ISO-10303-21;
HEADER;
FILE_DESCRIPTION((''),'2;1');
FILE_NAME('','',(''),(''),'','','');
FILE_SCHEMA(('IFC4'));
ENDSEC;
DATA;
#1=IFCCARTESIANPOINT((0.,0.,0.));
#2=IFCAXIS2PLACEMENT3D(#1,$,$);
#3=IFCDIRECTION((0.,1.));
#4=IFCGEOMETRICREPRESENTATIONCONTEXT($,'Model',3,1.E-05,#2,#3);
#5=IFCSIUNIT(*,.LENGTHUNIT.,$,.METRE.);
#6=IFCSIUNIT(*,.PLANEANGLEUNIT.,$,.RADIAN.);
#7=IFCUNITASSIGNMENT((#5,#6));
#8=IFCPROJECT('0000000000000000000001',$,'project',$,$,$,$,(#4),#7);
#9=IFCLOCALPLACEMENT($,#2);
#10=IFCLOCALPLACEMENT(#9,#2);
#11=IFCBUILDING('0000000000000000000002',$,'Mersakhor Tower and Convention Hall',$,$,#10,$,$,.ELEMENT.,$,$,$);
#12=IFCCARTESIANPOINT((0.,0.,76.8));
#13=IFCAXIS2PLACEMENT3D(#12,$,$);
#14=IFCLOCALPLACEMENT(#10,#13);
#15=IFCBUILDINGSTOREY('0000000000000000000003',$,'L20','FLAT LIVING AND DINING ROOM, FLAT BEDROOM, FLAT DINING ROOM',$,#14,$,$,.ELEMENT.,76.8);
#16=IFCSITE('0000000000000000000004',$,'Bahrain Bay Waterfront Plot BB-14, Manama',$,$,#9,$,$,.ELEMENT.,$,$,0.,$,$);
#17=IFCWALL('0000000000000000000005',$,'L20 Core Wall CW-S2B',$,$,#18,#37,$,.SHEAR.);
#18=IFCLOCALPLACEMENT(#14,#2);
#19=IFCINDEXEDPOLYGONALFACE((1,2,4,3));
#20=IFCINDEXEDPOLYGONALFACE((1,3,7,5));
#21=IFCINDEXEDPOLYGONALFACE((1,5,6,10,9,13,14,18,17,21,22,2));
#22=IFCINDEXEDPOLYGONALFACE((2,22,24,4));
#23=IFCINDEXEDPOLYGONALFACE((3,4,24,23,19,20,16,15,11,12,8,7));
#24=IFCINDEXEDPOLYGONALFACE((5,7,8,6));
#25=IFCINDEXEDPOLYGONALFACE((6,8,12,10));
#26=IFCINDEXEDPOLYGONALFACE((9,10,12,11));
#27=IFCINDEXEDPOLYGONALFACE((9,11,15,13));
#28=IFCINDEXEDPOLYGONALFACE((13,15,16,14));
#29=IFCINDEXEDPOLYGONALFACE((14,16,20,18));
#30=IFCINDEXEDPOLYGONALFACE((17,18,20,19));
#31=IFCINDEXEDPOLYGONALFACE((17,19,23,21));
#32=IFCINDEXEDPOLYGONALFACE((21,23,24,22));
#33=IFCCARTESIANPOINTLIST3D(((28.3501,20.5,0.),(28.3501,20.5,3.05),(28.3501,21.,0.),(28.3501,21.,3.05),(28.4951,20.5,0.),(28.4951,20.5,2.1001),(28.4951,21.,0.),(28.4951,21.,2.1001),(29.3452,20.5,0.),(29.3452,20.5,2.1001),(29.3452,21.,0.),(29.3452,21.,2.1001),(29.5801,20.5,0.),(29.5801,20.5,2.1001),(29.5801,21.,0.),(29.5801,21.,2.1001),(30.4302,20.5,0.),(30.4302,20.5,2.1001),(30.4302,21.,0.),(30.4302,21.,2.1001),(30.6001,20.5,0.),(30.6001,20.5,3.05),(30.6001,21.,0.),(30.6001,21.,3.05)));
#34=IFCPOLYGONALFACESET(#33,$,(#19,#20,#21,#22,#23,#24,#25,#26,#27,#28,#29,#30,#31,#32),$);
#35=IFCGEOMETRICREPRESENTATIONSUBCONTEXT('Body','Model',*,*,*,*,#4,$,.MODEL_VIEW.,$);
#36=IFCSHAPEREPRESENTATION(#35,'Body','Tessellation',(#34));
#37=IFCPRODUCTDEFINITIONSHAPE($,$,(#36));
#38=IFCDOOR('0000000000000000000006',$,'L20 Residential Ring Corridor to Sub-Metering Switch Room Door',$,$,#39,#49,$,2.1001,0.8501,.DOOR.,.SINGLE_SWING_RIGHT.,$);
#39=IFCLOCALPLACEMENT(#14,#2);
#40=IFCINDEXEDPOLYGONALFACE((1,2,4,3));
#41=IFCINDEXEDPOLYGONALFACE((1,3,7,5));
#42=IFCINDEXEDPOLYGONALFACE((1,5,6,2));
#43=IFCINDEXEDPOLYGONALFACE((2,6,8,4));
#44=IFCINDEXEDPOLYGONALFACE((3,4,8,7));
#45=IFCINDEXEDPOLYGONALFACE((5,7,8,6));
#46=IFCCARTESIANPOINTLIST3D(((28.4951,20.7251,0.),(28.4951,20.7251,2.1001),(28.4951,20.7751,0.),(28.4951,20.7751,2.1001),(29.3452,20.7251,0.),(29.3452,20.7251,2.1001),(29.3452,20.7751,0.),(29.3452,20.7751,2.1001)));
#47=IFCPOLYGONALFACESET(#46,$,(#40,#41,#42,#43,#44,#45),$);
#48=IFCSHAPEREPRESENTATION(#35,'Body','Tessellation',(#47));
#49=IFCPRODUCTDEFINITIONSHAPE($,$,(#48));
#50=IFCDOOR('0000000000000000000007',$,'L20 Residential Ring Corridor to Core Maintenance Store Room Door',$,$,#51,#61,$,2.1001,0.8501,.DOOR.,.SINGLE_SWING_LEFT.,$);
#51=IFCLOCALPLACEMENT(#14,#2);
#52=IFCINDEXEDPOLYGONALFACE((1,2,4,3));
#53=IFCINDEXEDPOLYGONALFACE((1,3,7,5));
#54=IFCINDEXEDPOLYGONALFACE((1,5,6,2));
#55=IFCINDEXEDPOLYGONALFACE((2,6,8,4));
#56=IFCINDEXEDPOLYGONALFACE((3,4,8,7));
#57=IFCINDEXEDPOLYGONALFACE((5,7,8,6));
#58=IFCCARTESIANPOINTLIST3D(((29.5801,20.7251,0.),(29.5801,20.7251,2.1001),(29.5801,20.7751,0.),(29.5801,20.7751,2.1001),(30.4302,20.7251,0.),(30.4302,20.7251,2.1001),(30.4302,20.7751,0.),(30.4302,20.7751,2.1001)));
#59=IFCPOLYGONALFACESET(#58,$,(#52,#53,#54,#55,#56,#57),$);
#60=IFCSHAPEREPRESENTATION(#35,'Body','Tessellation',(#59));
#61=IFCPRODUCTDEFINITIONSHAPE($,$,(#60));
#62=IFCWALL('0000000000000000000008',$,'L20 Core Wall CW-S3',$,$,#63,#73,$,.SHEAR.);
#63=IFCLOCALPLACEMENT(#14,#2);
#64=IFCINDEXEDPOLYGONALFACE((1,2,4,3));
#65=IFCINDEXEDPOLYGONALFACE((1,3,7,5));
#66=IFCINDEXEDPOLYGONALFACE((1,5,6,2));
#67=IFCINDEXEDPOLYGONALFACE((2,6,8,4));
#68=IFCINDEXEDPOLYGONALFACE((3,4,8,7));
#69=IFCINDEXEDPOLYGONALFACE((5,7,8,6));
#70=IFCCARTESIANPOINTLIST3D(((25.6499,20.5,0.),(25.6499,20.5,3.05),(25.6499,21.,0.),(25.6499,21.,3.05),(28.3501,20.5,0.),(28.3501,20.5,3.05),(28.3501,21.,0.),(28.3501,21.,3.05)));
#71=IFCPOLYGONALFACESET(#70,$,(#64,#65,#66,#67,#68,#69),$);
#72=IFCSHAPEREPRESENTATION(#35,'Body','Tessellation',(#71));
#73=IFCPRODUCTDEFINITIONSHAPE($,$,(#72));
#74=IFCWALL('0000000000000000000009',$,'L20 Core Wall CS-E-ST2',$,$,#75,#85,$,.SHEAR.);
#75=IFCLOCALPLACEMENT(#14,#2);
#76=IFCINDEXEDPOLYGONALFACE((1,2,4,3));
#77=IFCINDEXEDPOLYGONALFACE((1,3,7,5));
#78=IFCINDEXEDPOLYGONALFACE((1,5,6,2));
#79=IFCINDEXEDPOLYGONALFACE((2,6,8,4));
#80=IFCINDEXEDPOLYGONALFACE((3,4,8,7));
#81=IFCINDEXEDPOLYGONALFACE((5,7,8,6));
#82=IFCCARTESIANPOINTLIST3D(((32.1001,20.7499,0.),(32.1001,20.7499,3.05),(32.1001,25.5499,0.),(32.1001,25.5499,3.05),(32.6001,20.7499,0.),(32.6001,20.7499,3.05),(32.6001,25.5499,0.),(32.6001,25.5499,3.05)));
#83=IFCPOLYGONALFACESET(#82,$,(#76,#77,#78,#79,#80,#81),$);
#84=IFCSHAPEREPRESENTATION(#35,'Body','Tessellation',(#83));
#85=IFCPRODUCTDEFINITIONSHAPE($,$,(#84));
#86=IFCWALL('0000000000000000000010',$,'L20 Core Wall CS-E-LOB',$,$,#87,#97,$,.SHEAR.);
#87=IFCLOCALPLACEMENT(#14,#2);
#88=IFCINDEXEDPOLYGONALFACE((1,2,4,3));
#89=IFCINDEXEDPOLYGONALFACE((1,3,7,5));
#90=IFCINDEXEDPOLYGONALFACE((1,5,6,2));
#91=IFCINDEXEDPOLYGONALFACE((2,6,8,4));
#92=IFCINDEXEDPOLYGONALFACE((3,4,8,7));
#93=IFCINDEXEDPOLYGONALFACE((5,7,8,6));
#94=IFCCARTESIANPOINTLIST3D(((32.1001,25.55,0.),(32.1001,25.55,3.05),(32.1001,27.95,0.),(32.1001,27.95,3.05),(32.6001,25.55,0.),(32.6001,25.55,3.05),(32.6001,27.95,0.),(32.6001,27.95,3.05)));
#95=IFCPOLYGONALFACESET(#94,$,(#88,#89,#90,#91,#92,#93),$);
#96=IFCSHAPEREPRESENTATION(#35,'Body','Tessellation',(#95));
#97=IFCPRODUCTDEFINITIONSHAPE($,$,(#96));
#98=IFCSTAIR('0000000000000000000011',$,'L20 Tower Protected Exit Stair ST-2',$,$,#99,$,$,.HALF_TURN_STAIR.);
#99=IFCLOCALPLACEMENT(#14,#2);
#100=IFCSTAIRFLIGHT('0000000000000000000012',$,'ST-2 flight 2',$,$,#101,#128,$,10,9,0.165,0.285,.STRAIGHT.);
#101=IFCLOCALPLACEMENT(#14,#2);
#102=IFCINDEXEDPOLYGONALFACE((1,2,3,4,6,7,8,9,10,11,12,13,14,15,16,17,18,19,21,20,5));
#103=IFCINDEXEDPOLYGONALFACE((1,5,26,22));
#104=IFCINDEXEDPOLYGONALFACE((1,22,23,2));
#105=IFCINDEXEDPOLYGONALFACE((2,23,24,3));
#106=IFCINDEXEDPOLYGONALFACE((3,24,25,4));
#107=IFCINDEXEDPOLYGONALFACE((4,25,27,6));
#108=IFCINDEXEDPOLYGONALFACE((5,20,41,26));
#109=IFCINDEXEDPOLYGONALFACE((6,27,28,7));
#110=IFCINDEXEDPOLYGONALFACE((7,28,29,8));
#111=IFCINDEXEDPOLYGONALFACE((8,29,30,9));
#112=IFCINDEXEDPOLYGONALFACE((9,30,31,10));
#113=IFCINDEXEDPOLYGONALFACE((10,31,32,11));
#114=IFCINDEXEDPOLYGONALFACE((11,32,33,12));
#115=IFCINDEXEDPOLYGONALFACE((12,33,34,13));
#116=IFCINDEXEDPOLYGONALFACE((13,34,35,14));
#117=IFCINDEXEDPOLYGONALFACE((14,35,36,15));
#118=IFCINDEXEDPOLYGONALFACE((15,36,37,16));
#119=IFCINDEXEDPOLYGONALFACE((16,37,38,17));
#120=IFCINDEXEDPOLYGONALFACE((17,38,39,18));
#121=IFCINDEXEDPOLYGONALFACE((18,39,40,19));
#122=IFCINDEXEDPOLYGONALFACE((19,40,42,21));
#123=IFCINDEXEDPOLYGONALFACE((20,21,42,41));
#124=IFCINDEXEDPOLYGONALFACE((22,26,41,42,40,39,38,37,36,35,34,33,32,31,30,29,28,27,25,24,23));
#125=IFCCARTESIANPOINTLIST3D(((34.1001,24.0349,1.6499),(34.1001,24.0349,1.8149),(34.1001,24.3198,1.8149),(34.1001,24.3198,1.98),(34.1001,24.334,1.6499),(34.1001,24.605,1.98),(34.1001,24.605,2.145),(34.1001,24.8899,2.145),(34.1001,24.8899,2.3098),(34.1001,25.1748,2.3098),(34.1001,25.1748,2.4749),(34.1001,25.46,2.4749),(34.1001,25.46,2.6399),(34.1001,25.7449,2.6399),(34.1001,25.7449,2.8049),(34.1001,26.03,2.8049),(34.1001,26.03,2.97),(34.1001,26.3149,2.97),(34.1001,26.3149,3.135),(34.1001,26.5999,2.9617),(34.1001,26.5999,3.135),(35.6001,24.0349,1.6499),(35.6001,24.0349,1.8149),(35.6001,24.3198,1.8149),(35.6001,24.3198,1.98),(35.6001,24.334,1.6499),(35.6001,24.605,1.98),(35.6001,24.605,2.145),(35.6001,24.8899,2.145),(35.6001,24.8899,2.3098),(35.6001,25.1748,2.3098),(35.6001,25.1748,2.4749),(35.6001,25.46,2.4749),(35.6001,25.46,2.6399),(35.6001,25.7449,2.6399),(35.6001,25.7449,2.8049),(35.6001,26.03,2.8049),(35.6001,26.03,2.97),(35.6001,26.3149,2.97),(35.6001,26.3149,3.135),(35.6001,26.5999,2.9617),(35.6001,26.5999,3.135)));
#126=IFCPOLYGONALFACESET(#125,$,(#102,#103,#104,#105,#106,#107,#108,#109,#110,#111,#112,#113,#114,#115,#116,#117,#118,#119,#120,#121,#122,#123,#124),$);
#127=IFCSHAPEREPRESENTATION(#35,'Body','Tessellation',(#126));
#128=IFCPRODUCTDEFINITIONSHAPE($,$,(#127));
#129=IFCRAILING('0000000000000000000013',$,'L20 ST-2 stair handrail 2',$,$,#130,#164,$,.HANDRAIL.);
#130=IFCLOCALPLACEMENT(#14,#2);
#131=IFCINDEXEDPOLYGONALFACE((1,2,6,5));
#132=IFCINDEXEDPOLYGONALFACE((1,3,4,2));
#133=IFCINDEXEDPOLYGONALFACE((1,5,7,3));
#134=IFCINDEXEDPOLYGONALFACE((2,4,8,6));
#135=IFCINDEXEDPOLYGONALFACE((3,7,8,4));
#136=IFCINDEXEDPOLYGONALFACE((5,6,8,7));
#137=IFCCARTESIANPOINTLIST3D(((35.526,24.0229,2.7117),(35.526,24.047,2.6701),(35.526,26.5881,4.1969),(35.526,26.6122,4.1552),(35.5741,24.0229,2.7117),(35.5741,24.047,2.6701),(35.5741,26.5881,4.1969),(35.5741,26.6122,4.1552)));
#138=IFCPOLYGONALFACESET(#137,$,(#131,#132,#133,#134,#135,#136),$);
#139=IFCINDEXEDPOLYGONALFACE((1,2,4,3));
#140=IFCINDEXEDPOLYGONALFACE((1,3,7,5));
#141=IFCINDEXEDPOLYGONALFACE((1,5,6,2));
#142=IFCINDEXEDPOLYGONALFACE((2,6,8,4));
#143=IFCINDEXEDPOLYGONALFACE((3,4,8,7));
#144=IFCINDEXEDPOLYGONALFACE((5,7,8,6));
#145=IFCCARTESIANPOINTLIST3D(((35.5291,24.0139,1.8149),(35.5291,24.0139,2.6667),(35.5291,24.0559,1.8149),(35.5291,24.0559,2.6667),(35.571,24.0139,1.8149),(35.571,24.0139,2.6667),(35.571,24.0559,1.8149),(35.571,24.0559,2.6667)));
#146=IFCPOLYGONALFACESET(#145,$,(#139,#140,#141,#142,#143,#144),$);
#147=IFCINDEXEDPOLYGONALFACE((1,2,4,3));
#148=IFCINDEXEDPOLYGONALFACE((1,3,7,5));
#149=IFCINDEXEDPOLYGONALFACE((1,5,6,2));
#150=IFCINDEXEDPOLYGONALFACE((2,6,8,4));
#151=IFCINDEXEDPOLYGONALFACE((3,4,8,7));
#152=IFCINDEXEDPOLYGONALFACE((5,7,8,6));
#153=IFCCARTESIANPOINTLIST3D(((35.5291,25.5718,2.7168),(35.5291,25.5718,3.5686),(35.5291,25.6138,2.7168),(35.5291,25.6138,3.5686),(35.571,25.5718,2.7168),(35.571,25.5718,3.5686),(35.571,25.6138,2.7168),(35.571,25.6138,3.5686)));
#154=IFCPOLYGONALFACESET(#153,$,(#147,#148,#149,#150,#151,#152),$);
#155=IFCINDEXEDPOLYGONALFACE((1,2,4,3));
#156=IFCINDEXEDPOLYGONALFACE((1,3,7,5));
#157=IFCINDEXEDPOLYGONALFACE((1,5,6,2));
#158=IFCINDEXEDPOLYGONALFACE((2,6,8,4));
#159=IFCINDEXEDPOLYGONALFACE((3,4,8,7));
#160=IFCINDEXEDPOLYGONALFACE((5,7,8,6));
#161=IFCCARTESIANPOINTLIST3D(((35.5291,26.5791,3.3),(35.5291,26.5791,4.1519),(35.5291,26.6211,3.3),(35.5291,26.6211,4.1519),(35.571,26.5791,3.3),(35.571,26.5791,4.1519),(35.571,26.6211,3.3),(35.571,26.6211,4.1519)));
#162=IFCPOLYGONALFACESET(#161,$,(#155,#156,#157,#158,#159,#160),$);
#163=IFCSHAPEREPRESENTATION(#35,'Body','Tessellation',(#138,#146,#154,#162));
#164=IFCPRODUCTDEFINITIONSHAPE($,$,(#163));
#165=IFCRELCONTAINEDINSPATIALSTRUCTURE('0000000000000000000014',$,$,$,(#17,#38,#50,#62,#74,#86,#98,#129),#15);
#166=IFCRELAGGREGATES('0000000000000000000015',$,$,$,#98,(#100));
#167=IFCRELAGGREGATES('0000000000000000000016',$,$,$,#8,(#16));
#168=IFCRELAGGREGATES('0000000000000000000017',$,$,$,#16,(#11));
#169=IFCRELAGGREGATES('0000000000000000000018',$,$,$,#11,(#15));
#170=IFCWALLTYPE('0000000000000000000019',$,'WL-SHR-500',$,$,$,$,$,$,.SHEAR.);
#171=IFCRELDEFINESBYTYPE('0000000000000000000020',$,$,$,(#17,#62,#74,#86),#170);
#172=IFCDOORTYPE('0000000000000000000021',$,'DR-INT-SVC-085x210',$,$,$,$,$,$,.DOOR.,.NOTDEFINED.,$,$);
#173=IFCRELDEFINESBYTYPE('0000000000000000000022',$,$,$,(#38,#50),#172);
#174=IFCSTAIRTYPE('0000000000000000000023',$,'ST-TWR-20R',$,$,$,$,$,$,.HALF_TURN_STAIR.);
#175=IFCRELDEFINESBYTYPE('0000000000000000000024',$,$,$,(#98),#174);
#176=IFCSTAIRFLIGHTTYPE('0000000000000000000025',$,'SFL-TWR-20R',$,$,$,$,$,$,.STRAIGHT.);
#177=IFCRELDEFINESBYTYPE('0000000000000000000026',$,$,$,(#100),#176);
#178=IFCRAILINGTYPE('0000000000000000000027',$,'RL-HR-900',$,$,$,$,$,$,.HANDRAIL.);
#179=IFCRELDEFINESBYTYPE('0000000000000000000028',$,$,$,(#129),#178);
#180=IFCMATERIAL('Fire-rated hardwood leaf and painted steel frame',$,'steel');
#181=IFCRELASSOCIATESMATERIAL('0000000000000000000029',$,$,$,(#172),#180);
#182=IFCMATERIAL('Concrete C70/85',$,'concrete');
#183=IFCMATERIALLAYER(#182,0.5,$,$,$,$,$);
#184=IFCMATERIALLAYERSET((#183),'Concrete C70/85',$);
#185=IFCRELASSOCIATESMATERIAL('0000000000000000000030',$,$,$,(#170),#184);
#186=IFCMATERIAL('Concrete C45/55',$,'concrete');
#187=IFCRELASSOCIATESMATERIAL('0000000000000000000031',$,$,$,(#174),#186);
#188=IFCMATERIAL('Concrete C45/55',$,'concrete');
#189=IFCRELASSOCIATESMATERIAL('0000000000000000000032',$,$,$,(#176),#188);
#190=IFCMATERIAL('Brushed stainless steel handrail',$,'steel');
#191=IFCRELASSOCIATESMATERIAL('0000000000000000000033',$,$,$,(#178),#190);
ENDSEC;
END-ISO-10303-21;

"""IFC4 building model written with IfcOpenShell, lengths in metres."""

from ifc_helpers import new_model, si_unit, direction, frame, frame_2d, origin, origin_2d, place, context, subcontext, project, spatial, polyline, rectangle, outline, extrude, material, layer, layer_set, type_object, element, fill, aggregate, save


model = new_model("IFC4")

# Units and contexts
model_context = context("Model", 3, precision=1e-05, world=origin(), true_north=direction((0.0, 1.0)))
body_context = subcontext(model_context, "Body", "Model", "MODEL_VIEW")
ifc_project = project(units=[si_unit("LENGTHUNIT", "METRE"), si_unit("PLANEANGLEUNIT", "RADIAN")], contexts=[model_context])

# Site, building, storey
site_placement = place(None, origin())
site = spatial("IfcSite", under=ifc_project, at=site_placement, Name="Bahrain Bay Waterfront Plot BB-14, Manama", CompositionType="ELEMENT", RefElevation=0.0)
building_placement = place(site_placement, origin())
building = spatial("IfcBuilding", under=site, at=building_placement, Name="Mersakhor Tower and Convention Hall", CompositionType="ELEMENT")
storey_placement = place(building_placement, frame((0.0, 0.0, 76.8)))
storey = spatial("IfcBuildingStorey", under=building, at=storey_placement, Name="L20", Description="FLAT LIVING AND DINING ROOM, FLAT BEDROOM, FLAT DINING ROOM", CompositionType="ELEMENT", Elevation=76.8)

# Shared definitions
ifc_material_1 = material(Name="Fire-rated hardwood leaf and painted steel frame", Category="steel")
door_type_1 = type_object("IfcDoorType", Name="DR-INT-SVC-085x210", OperationType="NOTDEFINED", PredefinedType="DOOR", material=ifc_material_1)

# Shared definitions
ifc_material_2 = material(Name="Concrete C70/85", Category="concrete")
ifc_layer_1 = layer(ifc_material_2, 0.5)
ifc_layer_set_1 = layer_set([ifc_layer_1], Name="Concrete C70/85")
wall_type_1 = type_object("IfcWallType", Name="WL-SHR-500", PredefinedType="SHEAR", material=ifc_layer_set_1)

# Wall, openings, doors
wall_1_placement = place(storey_placement, frame((30.6001, 20.75, 0.0), z_axis=(0.0, 0.0, 1.0), x_axis=(-1.0, 0.0, 0.0)))
wall_1 = element("IfcWall", 1, at=wall_1_placement, inside=storey, type_object=wall_type_1, Name="L20 Core Wall CW-S2B", PredefinedType="SHEAR", context=body_context, shape_type="SweptSolid", body=[
    extrude(rectangle(XDim=2.25, YDim=0.5, at=frame_2d((1.125, 0.0))), origin(), (0.0, 0.0, 1.0), 3.05),
])
opening_1_placement = place(wall_1_placement, frame((1.2549, 0.0, 0.0)))
opening_1 = element("IfcOpeningElement", 2, at=opening_1_placement, cuts=wall_1, PredefinedType="OPENING", context=body_context, shape_type="SweptSolid", body=[
    extrude(rectangle(XDim=0.8501, YDim=2.1001, at=frame_2d((0.425, 1.05))), frame((0.0, 0.26, 0.0), z_axis=(0.0, -1.0, 0.0), x_axis=(1.0, 0.0, 0.0)), (0.0, 0.0, 1.0), 0.52),
])
opening_2_placement = place(wall_1_placement, frame((0.1699, 0.0, 0.0)))
opening_2 = element("IfcOpeningElement", 3, at=opening_2_placement, cuts=wall_1, PredefinedType="OPENING", context=body_context, shape_type="SweptSolid", body=[
    extrude(rectangle(XDim=0.8501, YDim=2.1001, at=frame_2d((0.425, 1.05))), frame((0.0, 0.26, 0.0), z_axis=(0.0, -1.0, 0.0), x_axis=(1.0, 0.0, 0.0)), (0.0, 0.0, 1.0), 0.52),
])
door_1_placement = place(opening_1_placement, origin())
door_1 = element("IfcDoor", 4, at=door_1_placement, inside=storey, type_object=door_type_1, Name="L20 Residential Ring Corridor to Sub-Metering Switch Room Door", OperationType="SINGLE_SWING_RIGHT", OverallHeight=2.1001, OverallWidth=0.8501, PredefinedType="DOOR", context=body_context, shape_type="SweptSolid", body=[
    extrude(rectangle(XDim=0.8501, YDim=2.1001, at=frame_2d((0.425, 1.05))), frame((0.0, 0.0249, 0.0), z_axis=(0.0, -1.0, 0.0), x_axis=(1.0, 0.0, 0.0)), (0.0, 0.0, 1.0), 0.05),
])
fill(opening_1, door_1)
door_2_placement = place(opening_2_placement, origin())
door_2 = element("IfcDoor", 5, at=door_2_placement, inside=storey, type_object=door_type_1, Name="L20 Residential Ring Corridor to Core Maintenance Store Room Door", OperationType="SINGLE_SWING_LEFT", OverallHeight=2.1001, OverallWidth=0.8501, PredefinedType="DOOR", context=body_context, shape_type="SweptSolid", body=[
    extrude(rectangle(XDim=0.8501, YDim=2.1001, at=frame_2d((0.425, 1.05))), frame((0.0, 0.0249, 0.0), z_axis=(0.0, -1.0, 0.0), x_axis=(1.0, 0.0, 0.0)), (0.0, 0.0, 1.0), 0.05),
])
fill(opening_2, door_2)

# Walls
wall_2_placement = place(storey_placement, frame((28.3501, 20.75, 0.0), z_axis=(0.0, 0.0, 1.0), x_axis=(-1.0, 0.0, 0.0)))
element("IfcWall", 6, at=wall_2_placement, inside=storey, type_object=wall_type_1, Name="L20 Core Wall CW-S3", PredefinedType="SHEAR", context=body_context, shape_type="SweptSolid", body=[
    extrude(rectangle(XDim=2.7002, YDim=0.5, at=frame_2d((1.3501, 0.0))), origin(), (0.0, 0.0, 1.0), 3.05),
])
wall_3_placement = place(storey_placement, frame((32.3501, 20.75, 0.0), z_axis=(0.0, 0.0, 1.0), x_axis=(0.0, 1.0, 0.0)))
element("IfcWall", 7, at=wall_3_placement, inside=storey, type_object=wall_type_1, Name="L20 Core Wall CS-E-ST2", PredefinedType="SHEAR", context=body_context, shape_type="SweptSolid", body=[
    extrude(rectangle(XDim=4.8, YDim=0.5, at=frame_2d((2.3999, 0.0))), origin(), (0.0, 0.0, 1.0), 3.05),
])
wall_4_placement = place(storey_placement, frame((32.3501, 25.55, 0.0), z_axis=(0.0, 0.0, 1.0), x_axis=(0.0, 1.0, 0.0)))
element("IfcWall", 8, at=wall_4_placement, inside=storey, type_object=wall_type_1, Name="L20 Core Wall CS-E-LOB", PredefinedType="SHEAR", context=body_context, shape_type="SweptSolid", body=[
    extrude(rectangle(XDim=2.3999, YDim=0.5, at=frame_2d((1.2, 0.0))), origin(), (0.0, 0.0, 1.0), 3.05),
])

# Stair, stair flight
ifc_material_3 = material(Name="Concrete C45/55", Category="concrete")
stair_type = type_object("IfcStairType", Name="ST-TWR-20R", PredefinedType="HALF_TURN_STAIR", material=ifc_material_3)
stair_placement = place(storey_placement, origin())
stair = element("IfcStair", 9, at=stair_placement, inside=storey, type_object=stair_type, Name="L20 Tower Protected Exit Stair ST-2", PredefinedType="HALF_TURN_STAIR")
ifc_material_4 = material(Name="Concrete C45/55", Category="concrete")
stair_flight_type = type_object("IfcStairFlightType", Name="SFL-TWR-20R", PredefinedType="STRAIGHT", material=ifc_material_4)
stair_flight_placement = place(storey_placement, frame((34.8501, 24.0349, 1.6499), z_axis=(0.0, 0.0, 1.0), x_axis=(0.0, 1.0, 0.0)))
stair_flight = element("IfcStairFlight", 10, at=stair_flight_placement, type_object=stair_flight_type, Name="ST-2 flight 2", NumberOfRisers=10, NumberOfTreads=9, PredefinedType="STRAIGHT", RiserHeight=0.165, TreadLength=0.285, context=body_context, shape_type="SweptSolid", body=[
    extrude(outline(polyline([(0.0, 0.0), (0.0, 0.165), (0.2849, 0.165), (0.2849, 0.3301), (0.5701, 0.3301), (0.5701, 0.4951), (0.855, 0.4951), (0.855, 0.6599), (1.1399, 0.6599), (1.1399, 0.825), (1.425, 0.825), (1.425, 0.99), (1.71, 0.99), (1.71, 1.155), (1.9951, 1.155), (1.9951, 1.3201), (2.28, 1.3201), (2.28, 1.4851), (2.5649, 1.4851), (2.5649, 1.6499), (2.5649, 1.3118), (0.2991, 0.0), (0.0, 0.0)])), frame((0.0, 0.75, 0.0), z_axis=(0.0, -1.0, 0.0), x_axis=(1.0, 0.0, 0.0)), (0.0, 0.0, 1.0), 1.5),
])
aggregate(stair, [stair_flight])

# Railing
ifc_material_5 = material(Name="Brushed stainless steel handrail", Category="steel")
railing_type_1 = type_object("IfcRailingType", Name="RL-HR-900", PredefinedType="HANDRAIL", material=ifc_material_5)
railing_1_placement = place(storey_placement, frame((35.55, 24.0349, 1.8149)))
element("IfcRailing", 11, at=railing_1_placement, inside=storey, type_object=railing_type_1, Name="L20 ST-2 stair handrail 2", PredefinedType="HANDRAIL", context=body_context, shape_type="SweptSolid", body=[
    extrude(rectangle(XDim=0.0481, YDim=0.0481, at=origin_2d()), frame((0.0, 0.0, 0.876), z_axis=(0.0, 0.865426, 0.501036), x_axis=(-1.0, 0.0, 0.0)), (0.0, 0.0, 1.0), 2.9641),
    extrude(rectangle(XDim=0.042, YDim=0.042, at=origin_2d()), origin(), (0.0, 0.0, 1.0), 0.8518),
    extrude(rectangle(XDim=0.042, YDim=0.042, at=origin_2d()), frame((0.0, 1.5579, 0.9019)), (0.0, 0.0, 1.0), 0.8518),
    extrude(rectangle(XDim=0.042, YDim=0.042, at=origin_2d()), frame((0.0, 2.5652, 1.4851)), (0.0, 0.0, 1.0), 0.8518),
])

save(model, "model.ifc")
